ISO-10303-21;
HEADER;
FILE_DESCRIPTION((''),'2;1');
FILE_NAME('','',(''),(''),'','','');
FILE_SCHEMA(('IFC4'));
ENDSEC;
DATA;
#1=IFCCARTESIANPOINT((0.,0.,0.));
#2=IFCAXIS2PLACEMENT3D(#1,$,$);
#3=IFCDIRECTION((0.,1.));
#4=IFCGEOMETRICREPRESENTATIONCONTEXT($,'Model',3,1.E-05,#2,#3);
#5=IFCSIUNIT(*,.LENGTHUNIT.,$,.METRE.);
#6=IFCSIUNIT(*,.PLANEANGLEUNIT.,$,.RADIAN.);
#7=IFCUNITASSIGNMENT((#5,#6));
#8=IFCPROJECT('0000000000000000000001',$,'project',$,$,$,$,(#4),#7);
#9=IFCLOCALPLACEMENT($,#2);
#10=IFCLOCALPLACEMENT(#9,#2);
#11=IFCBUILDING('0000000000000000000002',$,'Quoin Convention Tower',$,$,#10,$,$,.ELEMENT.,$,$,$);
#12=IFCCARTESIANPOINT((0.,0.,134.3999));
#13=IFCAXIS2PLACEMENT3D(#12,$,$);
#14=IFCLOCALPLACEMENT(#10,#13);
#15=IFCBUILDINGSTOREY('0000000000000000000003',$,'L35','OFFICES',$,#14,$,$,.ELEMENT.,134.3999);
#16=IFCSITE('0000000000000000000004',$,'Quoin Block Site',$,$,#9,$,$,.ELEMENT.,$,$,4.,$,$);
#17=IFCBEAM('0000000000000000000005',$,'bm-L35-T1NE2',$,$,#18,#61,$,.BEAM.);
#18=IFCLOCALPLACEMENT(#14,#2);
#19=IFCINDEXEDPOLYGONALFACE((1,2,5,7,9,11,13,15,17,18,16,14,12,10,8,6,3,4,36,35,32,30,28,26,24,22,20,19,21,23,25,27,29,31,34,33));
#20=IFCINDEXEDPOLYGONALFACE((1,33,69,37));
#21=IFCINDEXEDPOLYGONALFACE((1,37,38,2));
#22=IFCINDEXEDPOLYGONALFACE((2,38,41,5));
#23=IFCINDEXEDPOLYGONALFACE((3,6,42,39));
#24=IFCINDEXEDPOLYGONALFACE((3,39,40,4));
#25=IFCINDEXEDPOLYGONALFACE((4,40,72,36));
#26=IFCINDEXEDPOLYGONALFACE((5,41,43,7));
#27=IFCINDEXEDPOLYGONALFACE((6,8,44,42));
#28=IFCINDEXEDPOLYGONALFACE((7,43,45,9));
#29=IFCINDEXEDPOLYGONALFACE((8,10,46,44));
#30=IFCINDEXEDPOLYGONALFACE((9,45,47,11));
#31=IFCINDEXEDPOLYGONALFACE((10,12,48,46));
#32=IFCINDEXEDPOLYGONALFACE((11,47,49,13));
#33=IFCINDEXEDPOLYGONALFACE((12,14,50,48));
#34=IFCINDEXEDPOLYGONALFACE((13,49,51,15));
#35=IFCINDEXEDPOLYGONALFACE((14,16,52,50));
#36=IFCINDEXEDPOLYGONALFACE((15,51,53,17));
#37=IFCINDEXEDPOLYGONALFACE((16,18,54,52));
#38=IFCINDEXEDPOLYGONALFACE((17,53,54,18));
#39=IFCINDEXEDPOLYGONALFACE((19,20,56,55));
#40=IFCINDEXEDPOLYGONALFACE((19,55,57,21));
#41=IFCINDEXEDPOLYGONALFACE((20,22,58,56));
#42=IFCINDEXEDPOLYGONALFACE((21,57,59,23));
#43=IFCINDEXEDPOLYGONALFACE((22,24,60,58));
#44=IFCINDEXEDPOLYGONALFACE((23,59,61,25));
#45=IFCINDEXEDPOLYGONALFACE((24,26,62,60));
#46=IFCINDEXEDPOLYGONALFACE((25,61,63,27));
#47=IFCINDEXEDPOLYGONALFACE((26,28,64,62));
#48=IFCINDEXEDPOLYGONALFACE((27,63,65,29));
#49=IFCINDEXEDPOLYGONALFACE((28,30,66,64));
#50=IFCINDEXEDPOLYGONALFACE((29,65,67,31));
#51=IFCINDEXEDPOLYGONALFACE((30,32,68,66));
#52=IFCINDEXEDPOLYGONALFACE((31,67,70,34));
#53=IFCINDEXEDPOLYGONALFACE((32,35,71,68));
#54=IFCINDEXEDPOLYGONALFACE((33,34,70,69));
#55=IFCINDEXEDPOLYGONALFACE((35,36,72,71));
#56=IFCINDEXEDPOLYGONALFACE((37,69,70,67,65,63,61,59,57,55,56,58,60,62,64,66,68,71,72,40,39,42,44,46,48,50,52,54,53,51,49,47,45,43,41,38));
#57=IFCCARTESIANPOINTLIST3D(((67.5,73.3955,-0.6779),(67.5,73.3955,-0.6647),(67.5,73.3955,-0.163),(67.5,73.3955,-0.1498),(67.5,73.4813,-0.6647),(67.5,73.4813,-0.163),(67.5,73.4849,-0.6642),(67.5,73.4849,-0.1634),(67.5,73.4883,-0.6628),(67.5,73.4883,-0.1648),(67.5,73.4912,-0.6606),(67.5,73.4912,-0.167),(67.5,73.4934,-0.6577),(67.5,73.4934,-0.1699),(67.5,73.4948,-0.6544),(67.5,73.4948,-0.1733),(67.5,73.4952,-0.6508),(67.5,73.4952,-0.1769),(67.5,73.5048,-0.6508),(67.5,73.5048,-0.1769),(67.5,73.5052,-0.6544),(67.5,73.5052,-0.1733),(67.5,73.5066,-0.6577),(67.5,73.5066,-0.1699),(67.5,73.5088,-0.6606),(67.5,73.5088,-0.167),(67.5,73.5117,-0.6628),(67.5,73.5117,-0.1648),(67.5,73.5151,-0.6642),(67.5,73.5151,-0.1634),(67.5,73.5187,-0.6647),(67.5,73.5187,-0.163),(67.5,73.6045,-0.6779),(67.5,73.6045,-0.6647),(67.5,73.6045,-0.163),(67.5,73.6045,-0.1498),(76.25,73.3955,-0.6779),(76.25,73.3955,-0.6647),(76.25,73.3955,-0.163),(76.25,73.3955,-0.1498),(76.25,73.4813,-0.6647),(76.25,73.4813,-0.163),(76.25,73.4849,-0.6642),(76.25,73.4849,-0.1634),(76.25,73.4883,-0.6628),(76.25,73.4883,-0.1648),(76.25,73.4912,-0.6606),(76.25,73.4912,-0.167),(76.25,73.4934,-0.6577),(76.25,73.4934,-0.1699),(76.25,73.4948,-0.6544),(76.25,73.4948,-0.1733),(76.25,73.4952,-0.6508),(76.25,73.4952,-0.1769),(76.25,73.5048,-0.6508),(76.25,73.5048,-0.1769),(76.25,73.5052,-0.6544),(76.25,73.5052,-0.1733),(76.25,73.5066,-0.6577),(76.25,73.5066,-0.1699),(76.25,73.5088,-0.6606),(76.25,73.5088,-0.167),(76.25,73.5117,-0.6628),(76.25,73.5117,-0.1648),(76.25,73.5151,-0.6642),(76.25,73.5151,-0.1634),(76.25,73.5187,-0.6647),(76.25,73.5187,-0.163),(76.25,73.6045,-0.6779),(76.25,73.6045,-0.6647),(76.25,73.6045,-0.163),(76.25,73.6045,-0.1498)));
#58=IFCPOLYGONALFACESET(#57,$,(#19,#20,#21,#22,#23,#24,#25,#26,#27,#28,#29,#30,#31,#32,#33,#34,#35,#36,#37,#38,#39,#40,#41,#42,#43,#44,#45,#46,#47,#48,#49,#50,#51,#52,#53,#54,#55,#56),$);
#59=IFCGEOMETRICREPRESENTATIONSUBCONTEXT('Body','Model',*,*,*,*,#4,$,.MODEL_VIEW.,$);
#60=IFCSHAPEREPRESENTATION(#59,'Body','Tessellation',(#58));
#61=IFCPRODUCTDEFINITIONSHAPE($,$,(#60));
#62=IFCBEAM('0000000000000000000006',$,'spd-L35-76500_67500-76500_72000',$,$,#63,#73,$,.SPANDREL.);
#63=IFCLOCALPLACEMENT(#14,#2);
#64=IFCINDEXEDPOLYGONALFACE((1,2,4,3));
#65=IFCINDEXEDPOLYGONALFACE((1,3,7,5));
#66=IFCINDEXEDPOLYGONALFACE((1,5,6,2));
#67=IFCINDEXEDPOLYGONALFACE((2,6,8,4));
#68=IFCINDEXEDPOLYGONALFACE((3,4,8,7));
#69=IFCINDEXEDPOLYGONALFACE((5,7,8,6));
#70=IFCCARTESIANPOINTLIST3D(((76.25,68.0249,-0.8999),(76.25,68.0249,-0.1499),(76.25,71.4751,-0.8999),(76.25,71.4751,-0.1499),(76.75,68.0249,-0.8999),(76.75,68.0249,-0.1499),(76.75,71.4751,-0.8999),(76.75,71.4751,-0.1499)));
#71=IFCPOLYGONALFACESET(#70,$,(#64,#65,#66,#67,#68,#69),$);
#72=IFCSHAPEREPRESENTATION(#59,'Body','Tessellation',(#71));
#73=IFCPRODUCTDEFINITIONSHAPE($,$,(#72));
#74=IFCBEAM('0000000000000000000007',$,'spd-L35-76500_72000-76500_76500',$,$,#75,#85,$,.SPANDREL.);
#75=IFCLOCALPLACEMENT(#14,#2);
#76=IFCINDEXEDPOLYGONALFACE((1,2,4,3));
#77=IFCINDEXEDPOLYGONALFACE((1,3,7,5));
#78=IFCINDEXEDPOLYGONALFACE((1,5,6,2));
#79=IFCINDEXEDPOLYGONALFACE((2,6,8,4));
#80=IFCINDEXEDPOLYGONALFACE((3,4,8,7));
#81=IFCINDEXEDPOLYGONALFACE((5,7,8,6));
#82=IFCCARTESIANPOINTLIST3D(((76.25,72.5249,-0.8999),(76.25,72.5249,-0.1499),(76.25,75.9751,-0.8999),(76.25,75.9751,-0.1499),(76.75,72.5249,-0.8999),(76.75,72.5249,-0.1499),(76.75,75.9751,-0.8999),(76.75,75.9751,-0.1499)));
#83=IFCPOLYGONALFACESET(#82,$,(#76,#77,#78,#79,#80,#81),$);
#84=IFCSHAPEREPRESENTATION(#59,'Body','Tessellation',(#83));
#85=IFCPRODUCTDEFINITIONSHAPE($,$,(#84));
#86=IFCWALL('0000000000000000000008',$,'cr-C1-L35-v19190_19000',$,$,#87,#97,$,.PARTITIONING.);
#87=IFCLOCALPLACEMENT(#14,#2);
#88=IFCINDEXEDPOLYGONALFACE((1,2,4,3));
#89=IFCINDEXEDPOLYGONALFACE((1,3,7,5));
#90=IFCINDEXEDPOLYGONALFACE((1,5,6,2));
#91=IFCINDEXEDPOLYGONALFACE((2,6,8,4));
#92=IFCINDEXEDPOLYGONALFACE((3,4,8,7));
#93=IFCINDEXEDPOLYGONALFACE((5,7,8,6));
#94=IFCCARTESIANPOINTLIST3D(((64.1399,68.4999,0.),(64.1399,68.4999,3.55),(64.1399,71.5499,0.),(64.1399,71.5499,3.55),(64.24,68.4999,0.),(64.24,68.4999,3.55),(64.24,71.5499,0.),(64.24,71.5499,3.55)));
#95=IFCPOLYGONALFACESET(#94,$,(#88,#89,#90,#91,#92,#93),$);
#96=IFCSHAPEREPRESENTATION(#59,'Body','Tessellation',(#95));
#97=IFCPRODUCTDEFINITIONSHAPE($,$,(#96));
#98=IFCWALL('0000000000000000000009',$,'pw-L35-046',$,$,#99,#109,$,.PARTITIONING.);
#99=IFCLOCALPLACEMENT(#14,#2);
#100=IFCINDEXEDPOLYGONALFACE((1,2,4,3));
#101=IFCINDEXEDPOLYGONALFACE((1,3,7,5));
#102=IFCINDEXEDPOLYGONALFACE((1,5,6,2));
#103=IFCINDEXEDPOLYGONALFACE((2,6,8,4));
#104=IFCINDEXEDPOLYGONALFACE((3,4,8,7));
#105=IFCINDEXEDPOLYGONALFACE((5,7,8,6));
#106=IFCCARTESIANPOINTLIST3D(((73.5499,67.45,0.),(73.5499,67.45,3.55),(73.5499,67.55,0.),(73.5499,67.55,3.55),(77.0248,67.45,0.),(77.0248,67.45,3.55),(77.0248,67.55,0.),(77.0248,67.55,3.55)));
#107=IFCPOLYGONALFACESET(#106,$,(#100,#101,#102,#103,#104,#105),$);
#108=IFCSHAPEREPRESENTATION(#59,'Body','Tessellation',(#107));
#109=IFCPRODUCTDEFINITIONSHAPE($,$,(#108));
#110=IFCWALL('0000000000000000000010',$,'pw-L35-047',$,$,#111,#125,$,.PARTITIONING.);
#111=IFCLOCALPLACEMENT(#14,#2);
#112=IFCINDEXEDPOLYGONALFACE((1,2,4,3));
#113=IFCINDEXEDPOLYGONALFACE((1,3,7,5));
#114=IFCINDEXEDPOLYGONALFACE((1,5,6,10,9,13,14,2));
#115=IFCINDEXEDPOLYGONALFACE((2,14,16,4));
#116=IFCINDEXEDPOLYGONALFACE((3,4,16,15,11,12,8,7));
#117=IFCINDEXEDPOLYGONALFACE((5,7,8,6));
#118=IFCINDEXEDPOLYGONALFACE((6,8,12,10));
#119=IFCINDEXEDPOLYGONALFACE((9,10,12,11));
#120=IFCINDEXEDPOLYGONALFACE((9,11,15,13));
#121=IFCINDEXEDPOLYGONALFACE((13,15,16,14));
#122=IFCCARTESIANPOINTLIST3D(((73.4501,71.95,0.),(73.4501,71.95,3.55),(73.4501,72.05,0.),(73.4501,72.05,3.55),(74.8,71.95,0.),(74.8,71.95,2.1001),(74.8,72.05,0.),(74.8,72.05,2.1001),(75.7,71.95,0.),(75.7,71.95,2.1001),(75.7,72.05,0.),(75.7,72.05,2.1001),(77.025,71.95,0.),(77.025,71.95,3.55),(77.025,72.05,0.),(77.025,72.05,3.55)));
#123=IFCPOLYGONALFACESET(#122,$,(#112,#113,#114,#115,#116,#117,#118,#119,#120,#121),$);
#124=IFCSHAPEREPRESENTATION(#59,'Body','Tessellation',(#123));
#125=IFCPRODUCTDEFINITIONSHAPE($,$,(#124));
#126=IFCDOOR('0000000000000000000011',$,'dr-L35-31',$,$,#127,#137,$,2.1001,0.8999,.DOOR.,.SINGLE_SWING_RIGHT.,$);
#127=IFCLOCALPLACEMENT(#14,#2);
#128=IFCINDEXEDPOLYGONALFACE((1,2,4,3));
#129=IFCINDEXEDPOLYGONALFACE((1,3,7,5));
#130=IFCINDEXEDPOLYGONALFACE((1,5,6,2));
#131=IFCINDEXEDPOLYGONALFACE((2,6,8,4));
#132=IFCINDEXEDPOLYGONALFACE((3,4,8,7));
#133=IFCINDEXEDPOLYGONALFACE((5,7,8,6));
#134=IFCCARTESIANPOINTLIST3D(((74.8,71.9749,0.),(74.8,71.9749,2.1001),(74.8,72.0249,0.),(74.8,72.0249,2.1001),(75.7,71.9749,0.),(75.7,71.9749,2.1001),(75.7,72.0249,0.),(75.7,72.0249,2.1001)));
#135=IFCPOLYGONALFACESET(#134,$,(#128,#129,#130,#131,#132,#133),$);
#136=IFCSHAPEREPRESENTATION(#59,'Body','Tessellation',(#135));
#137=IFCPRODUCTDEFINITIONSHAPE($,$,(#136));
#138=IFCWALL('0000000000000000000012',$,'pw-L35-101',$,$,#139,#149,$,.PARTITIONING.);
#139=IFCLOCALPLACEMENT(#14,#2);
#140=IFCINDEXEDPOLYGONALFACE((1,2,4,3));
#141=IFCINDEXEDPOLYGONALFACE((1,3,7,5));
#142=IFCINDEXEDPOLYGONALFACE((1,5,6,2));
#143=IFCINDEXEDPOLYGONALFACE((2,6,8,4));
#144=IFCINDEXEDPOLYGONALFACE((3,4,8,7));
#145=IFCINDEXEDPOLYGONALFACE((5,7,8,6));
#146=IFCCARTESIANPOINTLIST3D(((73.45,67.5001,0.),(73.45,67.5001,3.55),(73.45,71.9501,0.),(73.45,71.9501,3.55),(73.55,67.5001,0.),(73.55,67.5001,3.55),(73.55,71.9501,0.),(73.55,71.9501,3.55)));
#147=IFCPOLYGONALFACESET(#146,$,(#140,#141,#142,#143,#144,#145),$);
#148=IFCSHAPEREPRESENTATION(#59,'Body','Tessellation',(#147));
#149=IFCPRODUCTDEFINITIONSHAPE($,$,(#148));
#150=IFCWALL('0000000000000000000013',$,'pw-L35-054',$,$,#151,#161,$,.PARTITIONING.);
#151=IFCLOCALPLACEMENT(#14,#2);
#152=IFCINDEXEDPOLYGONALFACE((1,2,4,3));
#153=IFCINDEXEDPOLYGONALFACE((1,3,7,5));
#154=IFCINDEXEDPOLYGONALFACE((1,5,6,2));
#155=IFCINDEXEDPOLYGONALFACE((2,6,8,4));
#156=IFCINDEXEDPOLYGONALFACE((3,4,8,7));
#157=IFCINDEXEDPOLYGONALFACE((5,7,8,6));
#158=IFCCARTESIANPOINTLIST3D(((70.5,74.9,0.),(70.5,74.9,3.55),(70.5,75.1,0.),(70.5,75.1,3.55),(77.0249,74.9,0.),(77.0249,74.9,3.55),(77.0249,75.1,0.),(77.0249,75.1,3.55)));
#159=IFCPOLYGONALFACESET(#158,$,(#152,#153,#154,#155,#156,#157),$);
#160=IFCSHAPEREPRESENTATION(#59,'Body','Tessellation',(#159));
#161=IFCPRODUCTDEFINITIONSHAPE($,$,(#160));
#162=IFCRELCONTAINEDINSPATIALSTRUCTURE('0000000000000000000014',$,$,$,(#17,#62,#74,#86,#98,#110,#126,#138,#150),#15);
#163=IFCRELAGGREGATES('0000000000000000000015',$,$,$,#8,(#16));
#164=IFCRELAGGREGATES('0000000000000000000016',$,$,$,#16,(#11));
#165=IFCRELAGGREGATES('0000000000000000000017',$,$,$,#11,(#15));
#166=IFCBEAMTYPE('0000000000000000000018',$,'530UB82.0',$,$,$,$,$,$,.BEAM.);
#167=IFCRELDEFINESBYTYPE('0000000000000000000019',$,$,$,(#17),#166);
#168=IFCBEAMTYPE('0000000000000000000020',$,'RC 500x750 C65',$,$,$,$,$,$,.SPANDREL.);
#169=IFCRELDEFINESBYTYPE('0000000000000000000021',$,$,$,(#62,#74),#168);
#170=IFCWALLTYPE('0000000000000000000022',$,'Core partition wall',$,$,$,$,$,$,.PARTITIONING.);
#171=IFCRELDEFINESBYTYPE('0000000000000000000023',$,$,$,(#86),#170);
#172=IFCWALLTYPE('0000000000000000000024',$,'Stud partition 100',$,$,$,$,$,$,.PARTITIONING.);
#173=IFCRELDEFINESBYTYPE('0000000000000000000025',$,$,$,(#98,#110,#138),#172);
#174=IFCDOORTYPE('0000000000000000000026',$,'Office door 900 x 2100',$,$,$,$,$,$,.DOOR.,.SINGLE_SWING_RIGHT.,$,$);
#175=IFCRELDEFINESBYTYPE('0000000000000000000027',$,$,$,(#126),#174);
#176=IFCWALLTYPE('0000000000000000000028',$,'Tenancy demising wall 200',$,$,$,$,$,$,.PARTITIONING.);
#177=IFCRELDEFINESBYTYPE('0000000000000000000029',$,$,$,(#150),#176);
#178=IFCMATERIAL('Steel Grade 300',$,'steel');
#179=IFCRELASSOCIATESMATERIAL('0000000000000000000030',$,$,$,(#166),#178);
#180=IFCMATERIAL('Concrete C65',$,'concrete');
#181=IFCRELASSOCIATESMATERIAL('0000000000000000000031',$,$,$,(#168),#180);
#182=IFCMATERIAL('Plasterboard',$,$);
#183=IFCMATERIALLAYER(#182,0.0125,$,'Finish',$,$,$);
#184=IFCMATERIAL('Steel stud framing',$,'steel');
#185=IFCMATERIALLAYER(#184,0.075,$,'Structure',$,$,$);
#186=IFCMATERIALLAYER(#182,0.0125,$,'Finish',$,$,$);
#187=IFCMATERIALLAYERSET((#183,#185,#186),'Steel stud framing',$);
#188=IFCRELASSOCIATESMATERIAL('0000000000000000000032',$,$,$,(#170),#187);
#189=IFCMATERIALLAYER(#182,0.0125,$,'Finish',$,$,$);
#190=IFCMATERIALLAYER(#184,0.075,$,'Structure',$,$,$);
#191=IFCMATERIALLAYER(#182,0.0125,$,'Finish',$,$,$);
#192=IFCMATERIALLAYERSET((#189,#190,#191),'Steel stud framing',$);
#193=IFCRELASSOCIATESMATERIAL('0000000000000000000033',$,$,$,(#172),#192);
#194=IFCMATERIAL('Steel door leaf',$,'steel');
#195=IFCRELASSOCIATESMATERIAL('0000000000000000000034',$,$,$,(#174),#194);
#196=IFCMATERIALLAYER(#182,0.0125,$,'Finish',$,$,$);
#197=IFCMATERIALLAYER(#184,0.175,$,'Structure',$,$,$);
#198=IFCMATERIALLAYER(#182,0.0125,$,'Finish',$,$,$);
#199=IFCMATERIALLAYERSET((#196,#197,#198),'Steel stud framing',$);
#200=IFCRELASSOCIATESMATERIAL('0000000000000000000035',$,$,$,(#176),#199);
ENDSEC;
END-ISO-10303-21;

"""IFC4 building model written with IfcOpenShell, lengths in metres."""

from ifc_helpers import new_model, si_unit, direction, frame, frame_2d, origin, origin_2d, place, context, subcontext, project, spatial, rectangle, i_section, extrude, material, layer, layer_set, material_profile, profile_set, type_object, element, fill, save


model = new_model("IFC4")

# Units and contexts
model_context = context("Model", 3, precision=1e-05, world=origin(), true_north=direction((0.0, 1.0)))
body_context = subcontext(model_context, "Body", "Model", "MODEL_VIEW")
ifc_project = project(units=[si_unit("LENGTHUNIT", "METRE"), si_unit("PLANEANGLEUNIT", "RADIAN")], contexts=[model_context])

# Site, building, storey
site_placement = place(None, origin())
site = spatial("IfcSite", under=ifc_project, at=site_placement, Name="Quoin Block Site", CompositionType="ELEMENT", RefElevation=4.0)
building_placement = place(site_placement, origin())
building = spatial("IfcBuilding", under=site, at=building_placement, Name="Quoin Convention Tower", CompositionType="ELEMENT")
storey_placement = place(building_placement, frame((0.0, 0.0, 134.3999)))
storey = spatial("IfcBuildingStorey", under=building, at=storey_placement, Name="L35", Description="OFFICES", CompositionType="ELEMENT", Elevation=134.3999)

# Shared definitions
ifc_material_1 = material(Name="Concrete C65", Category="concrete")

# Beams
ifc_material_2 = material(Name="Steel Grade 300", Category="steel")
ifc_material_profile_1 = material_profile(ifc_material_2, i_section(OverallWidth=0.209, OverallDepth=0.5281, WebThickness=0.0095, FlangeThickness=0.0132, FilletRadius=0.0139, at=origin_2d()), Name="530UB82.0")
ifc_profile_set_1 = profile_set([ifc_material_profile_1], Name="Steel Grade 300")
beam_type_1 = type_object("IfcBeamType", Name="530UB82.0", PredefinedType="BEAM", material=ifc_profile_set_1)
for number, where, z_axis, x_axis, name in (
    (1, (67.5, 73.5, -0.4138), (1.0, 0.0, 0.0), (0.0, 1.0, 0.0), "bm-L35-T1NE2"),
):
    element("IfcBeam", number, at=place(storey_placement, frame(where, z_axis=z_axis, x_axis=x_axis)), inside=storey, type_object=beam_type_1, Name=name, PredefinedType="BEAM", context=body_context, shape_type="SweptSolid", body=[
        extrude(i_section(OverallWidth=0.209, OverallDepth=0.5281, WebThickness=0.0095, FlangeThickness=0.0132, FilletRadius=0.0139, at=origin_2d()), origin(), (0.0, 0.0, 1.0), 8.75),
    ])
ifc_material_profile_2 = material_profile(ifc_material_1, rectangle(XDim=0.5, YDim=0.75, at=origin_2d()), Name="RC 500x750")
ifc_profile_set_2 = profile_set([ifc_material_profile_2], Name="Concrete C65")
beam_type_2 = type_object("IfcBeamType", Name="RC 500x750 C65", PredefinedType="SPANDREL", material=ifc_profile_set_2)
for number, where, z_axis, x_axis, name in (
    (2, (76.5, 68.0249, -0.5249), (0.0, 1.0, 0.0), (-1.0, 0.0, 0.0), "spd-L35-76500_67500-76500_72000"),
    (3, (76.5, 72.5249, -0.5249), (0.0, 1.0, 0.0), (-1.0, 0.0, 0.0), "spd-L35-76500_72000-76500_76500"),
):
    element("IfcBeam", number, at=place(storey_placement, frame(where, z_axis=z_axis, x_axis=x_axis)), inside=storey, type_object=beam_type_2, Name=name, PredefinedType="SPANDREL", context=body_context, shape_type="SweptSolid", body=[
        extrude(rectangle(XDim=0.5, YDim=0.75, at=origin_2d()), origin(), (0.0, 0.0, 1.0), 3.4502),
    ])

# Walls
ifc_material_3 = material(Name="Plasterboard")
ifc_layer_1 = layer(ifc_material_3, 0.0125, Name="Finish")
ifc_material_4 = material(Name="Steel stud framing", Category="steel")
ifc_layer_2 = layer(ifc_material_4, 0.075, Name="Structure")
ifc_layer_3 = layer(ifc_material_3, 0.0125, Name="Finish")
ifc_layer_set_1 = layer_set([ifc_layer_1, ifc_layer_2, ifc_layer_3], Name="Steel stud framing")
wall_type_1 = type_object("IfcWallType", Name="Core partition wall", PredefinedType="PARTITIONING", material=ifc_layer_set_1)
wall_1_placement = place(storey_placement, frame((64.1899, 68.5, 0.0), z_axis=(0.0, 0.0, 1.0), x_axis=(0.0, 1.0, 0.0)))
element("IfcWall", 4, at=wall_1_placement, inside=storey, type_object=wall_type_1, Name="cr-C1-L35-v19190_19000", PredefinedType="PARTITIONING", context=body_context, shape_type="SweptSolid", body=[
    extrude(rectangle(XDim=3.05, YDim=0.1001, at=frame_2d((1.5249, 0.0))), origin(), (0.0, 0.0, 1.0), 3.55),
])
ifc_layer_4 = layer(ifc_material_3, 0.0125, Name="Finish")
ifc_layer_5 = layer(ifc_material_4, 0.075, Name="Structure")
ifc_layer_6 = layer(ifc_material_3, 0.0125, Name="Finish")
ifc_layer_set_2 = layer_set([ifc_layer_4, ifc_layer_5, ifc_layer_6], Name="Steel stud framing")
wall_type_2 = type_object("IfcWallType", Name="Stud partition 100", PredefinedType="PARTITIONING", material=ifc_layer_set_2)
wall_2_placement = place(storey_placement, frame((73.55, 67.5, 0.0), z_axis=(0.0, 0.0, 1.0), x_axis=(1.0, 0.0, 0.0)))
element("IfcWall", 5, at=wall_2_placement, inside=storey, type_object=wall_type_2, Name="pw-L35-046", PredefinedType="PARTITIONING", context=body_context, shape_type="SweptSolid", body=[
    extrude(rectangle(XDim=3.4749, YDim=0.1001, at=frame_2d((1.7373, 0.0))), origin(), (0.0, 0.0, 1.0), 3.55),
])

# Wall, opening, door
wall_3_placement = place(storey_placement, frame((73.45, 72.0, 0.0), z_axis=(0.0, 0.0, 1.0), x_axis=(1.0, 0.0, 0.0)))
wall_3 = element("IfcWall", 6, at=wall_3_placement, inside=storey, type_object=wall_type_2, Name="pw-L35-047", PredefinedType="PARTITIONING", context=body_context, shape_type="SweptSolid", body=[
    extrude(rectangle(XDim=3.575, YDim=0.1001, at=frame_2d((1.7876, 0.0))), origin(), (0.0, 0.0, 1.0), 3.55),
])
opening_placement = place(wall_3_placement, frame((1.3501, 0.0, 0.0)))
opening = element("IfcOpeningElement", 7, at=opening_placement, cuts=wall_3, PredefinedType="OPENING", context=body_context, shape_type="SweptSolid", body=[
    extrude(rectangle(XDim=0.8999, YDim=2.1001, at=frame_2d((0.45, 1.05))), frame((0.0, 0.0601, 0.0), z_axis=(0.0, -1.0, 0.0), x_axis=(1.0, 0.0, 0.0)), (0.0, 0.0, 1.0), 0.1201),
])
ifc_material_5 = material(Name="Steel door leaf", Category="steel")
door_type = type_object("IfcDoorType", Name="Office door 900 x 2100", OperationType="SINGLE_SWING_RIGHT", PredefinedType="DOOR", material=ifc_material_5)
door_placement = place(opening_placement, origin())
door = element("IfcDoor", 8, at=door_placement, inside=storey, type_object=door_type, Name="dr-L35-31", OperationType="SINGLE_SWING_RIGHT", OverallHeight=2.1001, OverallWidth=0.8999, PredefinedType="DOOR", context=body_context, shape_type="SweptSolid", body=[
    extrude(rectangle(XDim=0.8999, YDim=2.1001, at=frame_2d((0.45, 1.05))), frame((0.0, 0.0249, 0.0), z_axis=(0.0, -1.0, 0.0), x_axis=(1.0, 0.0, 0.0)), (0.0, 0.0, 1.0), 0.05),
])
fill(opening, door)

# Walls
wall_4_placement = place(storey_placement, frame((73.5, 67.5, 0.0), z_axis=(0.0, 0.0, 1.0), x_axis=(0.0, 1.0, 0.0)))
element("IfcWall", 9, at=wall_4_placement, inside=storey, type_object=wall_type_2, Name="pw-L35-101", PredefinedType="PARTITIONING", context=body_context, shape_type="SweptSolid", body=[
    extrude(rectangle(XDim=4.45, YDim=0.1001, at=frame_2d((2.2251, 0.0))), origin(), (0.0, 0.0, 1.0), 3.55),
])
ifc_layer_7 = layer(ifc_material_3, 0.0125, Name="Finish")
ifc_layer_8 = layer(ifc_material_4, 0.175, Name="Structure")
ifc_layer_9 = layer(ifc_material_3, 0.0125, Name="Finish")
ifc_layer_set_3 = layer_set([ifc_layer_7, ifc_layer_8, ifc_layer_9], Name="Steel stud framing")
wall_type_3 = type_object("IfcWallType", Name="Tenancy demising wall 200", PredefinedType="PARTITIONING", material=ifc_layer_set_3)
wall_5_placement = place(storey_placement, frame((70.5, 75.0, 0.0), z_axis=(0.0, 0.0, 1.0), x_axis=(1.0, 0.0, 0.0)))
element("IfcWall", 10, at=wall_5_placement, inside=storey, type_object=wall_type_3, Name="pw-L35-054", PredefinedType="PARTITIONING", context=body_context, shape_type="SweptSolid", body=[
    extrude(rectangle(XDim=6.5249, YDim=0.2, at=frame_2d((3.2625, 0.0))), origin(), (0.0, 0.0, 1.0), 3.55),
])

save(model, "model.ifc")
